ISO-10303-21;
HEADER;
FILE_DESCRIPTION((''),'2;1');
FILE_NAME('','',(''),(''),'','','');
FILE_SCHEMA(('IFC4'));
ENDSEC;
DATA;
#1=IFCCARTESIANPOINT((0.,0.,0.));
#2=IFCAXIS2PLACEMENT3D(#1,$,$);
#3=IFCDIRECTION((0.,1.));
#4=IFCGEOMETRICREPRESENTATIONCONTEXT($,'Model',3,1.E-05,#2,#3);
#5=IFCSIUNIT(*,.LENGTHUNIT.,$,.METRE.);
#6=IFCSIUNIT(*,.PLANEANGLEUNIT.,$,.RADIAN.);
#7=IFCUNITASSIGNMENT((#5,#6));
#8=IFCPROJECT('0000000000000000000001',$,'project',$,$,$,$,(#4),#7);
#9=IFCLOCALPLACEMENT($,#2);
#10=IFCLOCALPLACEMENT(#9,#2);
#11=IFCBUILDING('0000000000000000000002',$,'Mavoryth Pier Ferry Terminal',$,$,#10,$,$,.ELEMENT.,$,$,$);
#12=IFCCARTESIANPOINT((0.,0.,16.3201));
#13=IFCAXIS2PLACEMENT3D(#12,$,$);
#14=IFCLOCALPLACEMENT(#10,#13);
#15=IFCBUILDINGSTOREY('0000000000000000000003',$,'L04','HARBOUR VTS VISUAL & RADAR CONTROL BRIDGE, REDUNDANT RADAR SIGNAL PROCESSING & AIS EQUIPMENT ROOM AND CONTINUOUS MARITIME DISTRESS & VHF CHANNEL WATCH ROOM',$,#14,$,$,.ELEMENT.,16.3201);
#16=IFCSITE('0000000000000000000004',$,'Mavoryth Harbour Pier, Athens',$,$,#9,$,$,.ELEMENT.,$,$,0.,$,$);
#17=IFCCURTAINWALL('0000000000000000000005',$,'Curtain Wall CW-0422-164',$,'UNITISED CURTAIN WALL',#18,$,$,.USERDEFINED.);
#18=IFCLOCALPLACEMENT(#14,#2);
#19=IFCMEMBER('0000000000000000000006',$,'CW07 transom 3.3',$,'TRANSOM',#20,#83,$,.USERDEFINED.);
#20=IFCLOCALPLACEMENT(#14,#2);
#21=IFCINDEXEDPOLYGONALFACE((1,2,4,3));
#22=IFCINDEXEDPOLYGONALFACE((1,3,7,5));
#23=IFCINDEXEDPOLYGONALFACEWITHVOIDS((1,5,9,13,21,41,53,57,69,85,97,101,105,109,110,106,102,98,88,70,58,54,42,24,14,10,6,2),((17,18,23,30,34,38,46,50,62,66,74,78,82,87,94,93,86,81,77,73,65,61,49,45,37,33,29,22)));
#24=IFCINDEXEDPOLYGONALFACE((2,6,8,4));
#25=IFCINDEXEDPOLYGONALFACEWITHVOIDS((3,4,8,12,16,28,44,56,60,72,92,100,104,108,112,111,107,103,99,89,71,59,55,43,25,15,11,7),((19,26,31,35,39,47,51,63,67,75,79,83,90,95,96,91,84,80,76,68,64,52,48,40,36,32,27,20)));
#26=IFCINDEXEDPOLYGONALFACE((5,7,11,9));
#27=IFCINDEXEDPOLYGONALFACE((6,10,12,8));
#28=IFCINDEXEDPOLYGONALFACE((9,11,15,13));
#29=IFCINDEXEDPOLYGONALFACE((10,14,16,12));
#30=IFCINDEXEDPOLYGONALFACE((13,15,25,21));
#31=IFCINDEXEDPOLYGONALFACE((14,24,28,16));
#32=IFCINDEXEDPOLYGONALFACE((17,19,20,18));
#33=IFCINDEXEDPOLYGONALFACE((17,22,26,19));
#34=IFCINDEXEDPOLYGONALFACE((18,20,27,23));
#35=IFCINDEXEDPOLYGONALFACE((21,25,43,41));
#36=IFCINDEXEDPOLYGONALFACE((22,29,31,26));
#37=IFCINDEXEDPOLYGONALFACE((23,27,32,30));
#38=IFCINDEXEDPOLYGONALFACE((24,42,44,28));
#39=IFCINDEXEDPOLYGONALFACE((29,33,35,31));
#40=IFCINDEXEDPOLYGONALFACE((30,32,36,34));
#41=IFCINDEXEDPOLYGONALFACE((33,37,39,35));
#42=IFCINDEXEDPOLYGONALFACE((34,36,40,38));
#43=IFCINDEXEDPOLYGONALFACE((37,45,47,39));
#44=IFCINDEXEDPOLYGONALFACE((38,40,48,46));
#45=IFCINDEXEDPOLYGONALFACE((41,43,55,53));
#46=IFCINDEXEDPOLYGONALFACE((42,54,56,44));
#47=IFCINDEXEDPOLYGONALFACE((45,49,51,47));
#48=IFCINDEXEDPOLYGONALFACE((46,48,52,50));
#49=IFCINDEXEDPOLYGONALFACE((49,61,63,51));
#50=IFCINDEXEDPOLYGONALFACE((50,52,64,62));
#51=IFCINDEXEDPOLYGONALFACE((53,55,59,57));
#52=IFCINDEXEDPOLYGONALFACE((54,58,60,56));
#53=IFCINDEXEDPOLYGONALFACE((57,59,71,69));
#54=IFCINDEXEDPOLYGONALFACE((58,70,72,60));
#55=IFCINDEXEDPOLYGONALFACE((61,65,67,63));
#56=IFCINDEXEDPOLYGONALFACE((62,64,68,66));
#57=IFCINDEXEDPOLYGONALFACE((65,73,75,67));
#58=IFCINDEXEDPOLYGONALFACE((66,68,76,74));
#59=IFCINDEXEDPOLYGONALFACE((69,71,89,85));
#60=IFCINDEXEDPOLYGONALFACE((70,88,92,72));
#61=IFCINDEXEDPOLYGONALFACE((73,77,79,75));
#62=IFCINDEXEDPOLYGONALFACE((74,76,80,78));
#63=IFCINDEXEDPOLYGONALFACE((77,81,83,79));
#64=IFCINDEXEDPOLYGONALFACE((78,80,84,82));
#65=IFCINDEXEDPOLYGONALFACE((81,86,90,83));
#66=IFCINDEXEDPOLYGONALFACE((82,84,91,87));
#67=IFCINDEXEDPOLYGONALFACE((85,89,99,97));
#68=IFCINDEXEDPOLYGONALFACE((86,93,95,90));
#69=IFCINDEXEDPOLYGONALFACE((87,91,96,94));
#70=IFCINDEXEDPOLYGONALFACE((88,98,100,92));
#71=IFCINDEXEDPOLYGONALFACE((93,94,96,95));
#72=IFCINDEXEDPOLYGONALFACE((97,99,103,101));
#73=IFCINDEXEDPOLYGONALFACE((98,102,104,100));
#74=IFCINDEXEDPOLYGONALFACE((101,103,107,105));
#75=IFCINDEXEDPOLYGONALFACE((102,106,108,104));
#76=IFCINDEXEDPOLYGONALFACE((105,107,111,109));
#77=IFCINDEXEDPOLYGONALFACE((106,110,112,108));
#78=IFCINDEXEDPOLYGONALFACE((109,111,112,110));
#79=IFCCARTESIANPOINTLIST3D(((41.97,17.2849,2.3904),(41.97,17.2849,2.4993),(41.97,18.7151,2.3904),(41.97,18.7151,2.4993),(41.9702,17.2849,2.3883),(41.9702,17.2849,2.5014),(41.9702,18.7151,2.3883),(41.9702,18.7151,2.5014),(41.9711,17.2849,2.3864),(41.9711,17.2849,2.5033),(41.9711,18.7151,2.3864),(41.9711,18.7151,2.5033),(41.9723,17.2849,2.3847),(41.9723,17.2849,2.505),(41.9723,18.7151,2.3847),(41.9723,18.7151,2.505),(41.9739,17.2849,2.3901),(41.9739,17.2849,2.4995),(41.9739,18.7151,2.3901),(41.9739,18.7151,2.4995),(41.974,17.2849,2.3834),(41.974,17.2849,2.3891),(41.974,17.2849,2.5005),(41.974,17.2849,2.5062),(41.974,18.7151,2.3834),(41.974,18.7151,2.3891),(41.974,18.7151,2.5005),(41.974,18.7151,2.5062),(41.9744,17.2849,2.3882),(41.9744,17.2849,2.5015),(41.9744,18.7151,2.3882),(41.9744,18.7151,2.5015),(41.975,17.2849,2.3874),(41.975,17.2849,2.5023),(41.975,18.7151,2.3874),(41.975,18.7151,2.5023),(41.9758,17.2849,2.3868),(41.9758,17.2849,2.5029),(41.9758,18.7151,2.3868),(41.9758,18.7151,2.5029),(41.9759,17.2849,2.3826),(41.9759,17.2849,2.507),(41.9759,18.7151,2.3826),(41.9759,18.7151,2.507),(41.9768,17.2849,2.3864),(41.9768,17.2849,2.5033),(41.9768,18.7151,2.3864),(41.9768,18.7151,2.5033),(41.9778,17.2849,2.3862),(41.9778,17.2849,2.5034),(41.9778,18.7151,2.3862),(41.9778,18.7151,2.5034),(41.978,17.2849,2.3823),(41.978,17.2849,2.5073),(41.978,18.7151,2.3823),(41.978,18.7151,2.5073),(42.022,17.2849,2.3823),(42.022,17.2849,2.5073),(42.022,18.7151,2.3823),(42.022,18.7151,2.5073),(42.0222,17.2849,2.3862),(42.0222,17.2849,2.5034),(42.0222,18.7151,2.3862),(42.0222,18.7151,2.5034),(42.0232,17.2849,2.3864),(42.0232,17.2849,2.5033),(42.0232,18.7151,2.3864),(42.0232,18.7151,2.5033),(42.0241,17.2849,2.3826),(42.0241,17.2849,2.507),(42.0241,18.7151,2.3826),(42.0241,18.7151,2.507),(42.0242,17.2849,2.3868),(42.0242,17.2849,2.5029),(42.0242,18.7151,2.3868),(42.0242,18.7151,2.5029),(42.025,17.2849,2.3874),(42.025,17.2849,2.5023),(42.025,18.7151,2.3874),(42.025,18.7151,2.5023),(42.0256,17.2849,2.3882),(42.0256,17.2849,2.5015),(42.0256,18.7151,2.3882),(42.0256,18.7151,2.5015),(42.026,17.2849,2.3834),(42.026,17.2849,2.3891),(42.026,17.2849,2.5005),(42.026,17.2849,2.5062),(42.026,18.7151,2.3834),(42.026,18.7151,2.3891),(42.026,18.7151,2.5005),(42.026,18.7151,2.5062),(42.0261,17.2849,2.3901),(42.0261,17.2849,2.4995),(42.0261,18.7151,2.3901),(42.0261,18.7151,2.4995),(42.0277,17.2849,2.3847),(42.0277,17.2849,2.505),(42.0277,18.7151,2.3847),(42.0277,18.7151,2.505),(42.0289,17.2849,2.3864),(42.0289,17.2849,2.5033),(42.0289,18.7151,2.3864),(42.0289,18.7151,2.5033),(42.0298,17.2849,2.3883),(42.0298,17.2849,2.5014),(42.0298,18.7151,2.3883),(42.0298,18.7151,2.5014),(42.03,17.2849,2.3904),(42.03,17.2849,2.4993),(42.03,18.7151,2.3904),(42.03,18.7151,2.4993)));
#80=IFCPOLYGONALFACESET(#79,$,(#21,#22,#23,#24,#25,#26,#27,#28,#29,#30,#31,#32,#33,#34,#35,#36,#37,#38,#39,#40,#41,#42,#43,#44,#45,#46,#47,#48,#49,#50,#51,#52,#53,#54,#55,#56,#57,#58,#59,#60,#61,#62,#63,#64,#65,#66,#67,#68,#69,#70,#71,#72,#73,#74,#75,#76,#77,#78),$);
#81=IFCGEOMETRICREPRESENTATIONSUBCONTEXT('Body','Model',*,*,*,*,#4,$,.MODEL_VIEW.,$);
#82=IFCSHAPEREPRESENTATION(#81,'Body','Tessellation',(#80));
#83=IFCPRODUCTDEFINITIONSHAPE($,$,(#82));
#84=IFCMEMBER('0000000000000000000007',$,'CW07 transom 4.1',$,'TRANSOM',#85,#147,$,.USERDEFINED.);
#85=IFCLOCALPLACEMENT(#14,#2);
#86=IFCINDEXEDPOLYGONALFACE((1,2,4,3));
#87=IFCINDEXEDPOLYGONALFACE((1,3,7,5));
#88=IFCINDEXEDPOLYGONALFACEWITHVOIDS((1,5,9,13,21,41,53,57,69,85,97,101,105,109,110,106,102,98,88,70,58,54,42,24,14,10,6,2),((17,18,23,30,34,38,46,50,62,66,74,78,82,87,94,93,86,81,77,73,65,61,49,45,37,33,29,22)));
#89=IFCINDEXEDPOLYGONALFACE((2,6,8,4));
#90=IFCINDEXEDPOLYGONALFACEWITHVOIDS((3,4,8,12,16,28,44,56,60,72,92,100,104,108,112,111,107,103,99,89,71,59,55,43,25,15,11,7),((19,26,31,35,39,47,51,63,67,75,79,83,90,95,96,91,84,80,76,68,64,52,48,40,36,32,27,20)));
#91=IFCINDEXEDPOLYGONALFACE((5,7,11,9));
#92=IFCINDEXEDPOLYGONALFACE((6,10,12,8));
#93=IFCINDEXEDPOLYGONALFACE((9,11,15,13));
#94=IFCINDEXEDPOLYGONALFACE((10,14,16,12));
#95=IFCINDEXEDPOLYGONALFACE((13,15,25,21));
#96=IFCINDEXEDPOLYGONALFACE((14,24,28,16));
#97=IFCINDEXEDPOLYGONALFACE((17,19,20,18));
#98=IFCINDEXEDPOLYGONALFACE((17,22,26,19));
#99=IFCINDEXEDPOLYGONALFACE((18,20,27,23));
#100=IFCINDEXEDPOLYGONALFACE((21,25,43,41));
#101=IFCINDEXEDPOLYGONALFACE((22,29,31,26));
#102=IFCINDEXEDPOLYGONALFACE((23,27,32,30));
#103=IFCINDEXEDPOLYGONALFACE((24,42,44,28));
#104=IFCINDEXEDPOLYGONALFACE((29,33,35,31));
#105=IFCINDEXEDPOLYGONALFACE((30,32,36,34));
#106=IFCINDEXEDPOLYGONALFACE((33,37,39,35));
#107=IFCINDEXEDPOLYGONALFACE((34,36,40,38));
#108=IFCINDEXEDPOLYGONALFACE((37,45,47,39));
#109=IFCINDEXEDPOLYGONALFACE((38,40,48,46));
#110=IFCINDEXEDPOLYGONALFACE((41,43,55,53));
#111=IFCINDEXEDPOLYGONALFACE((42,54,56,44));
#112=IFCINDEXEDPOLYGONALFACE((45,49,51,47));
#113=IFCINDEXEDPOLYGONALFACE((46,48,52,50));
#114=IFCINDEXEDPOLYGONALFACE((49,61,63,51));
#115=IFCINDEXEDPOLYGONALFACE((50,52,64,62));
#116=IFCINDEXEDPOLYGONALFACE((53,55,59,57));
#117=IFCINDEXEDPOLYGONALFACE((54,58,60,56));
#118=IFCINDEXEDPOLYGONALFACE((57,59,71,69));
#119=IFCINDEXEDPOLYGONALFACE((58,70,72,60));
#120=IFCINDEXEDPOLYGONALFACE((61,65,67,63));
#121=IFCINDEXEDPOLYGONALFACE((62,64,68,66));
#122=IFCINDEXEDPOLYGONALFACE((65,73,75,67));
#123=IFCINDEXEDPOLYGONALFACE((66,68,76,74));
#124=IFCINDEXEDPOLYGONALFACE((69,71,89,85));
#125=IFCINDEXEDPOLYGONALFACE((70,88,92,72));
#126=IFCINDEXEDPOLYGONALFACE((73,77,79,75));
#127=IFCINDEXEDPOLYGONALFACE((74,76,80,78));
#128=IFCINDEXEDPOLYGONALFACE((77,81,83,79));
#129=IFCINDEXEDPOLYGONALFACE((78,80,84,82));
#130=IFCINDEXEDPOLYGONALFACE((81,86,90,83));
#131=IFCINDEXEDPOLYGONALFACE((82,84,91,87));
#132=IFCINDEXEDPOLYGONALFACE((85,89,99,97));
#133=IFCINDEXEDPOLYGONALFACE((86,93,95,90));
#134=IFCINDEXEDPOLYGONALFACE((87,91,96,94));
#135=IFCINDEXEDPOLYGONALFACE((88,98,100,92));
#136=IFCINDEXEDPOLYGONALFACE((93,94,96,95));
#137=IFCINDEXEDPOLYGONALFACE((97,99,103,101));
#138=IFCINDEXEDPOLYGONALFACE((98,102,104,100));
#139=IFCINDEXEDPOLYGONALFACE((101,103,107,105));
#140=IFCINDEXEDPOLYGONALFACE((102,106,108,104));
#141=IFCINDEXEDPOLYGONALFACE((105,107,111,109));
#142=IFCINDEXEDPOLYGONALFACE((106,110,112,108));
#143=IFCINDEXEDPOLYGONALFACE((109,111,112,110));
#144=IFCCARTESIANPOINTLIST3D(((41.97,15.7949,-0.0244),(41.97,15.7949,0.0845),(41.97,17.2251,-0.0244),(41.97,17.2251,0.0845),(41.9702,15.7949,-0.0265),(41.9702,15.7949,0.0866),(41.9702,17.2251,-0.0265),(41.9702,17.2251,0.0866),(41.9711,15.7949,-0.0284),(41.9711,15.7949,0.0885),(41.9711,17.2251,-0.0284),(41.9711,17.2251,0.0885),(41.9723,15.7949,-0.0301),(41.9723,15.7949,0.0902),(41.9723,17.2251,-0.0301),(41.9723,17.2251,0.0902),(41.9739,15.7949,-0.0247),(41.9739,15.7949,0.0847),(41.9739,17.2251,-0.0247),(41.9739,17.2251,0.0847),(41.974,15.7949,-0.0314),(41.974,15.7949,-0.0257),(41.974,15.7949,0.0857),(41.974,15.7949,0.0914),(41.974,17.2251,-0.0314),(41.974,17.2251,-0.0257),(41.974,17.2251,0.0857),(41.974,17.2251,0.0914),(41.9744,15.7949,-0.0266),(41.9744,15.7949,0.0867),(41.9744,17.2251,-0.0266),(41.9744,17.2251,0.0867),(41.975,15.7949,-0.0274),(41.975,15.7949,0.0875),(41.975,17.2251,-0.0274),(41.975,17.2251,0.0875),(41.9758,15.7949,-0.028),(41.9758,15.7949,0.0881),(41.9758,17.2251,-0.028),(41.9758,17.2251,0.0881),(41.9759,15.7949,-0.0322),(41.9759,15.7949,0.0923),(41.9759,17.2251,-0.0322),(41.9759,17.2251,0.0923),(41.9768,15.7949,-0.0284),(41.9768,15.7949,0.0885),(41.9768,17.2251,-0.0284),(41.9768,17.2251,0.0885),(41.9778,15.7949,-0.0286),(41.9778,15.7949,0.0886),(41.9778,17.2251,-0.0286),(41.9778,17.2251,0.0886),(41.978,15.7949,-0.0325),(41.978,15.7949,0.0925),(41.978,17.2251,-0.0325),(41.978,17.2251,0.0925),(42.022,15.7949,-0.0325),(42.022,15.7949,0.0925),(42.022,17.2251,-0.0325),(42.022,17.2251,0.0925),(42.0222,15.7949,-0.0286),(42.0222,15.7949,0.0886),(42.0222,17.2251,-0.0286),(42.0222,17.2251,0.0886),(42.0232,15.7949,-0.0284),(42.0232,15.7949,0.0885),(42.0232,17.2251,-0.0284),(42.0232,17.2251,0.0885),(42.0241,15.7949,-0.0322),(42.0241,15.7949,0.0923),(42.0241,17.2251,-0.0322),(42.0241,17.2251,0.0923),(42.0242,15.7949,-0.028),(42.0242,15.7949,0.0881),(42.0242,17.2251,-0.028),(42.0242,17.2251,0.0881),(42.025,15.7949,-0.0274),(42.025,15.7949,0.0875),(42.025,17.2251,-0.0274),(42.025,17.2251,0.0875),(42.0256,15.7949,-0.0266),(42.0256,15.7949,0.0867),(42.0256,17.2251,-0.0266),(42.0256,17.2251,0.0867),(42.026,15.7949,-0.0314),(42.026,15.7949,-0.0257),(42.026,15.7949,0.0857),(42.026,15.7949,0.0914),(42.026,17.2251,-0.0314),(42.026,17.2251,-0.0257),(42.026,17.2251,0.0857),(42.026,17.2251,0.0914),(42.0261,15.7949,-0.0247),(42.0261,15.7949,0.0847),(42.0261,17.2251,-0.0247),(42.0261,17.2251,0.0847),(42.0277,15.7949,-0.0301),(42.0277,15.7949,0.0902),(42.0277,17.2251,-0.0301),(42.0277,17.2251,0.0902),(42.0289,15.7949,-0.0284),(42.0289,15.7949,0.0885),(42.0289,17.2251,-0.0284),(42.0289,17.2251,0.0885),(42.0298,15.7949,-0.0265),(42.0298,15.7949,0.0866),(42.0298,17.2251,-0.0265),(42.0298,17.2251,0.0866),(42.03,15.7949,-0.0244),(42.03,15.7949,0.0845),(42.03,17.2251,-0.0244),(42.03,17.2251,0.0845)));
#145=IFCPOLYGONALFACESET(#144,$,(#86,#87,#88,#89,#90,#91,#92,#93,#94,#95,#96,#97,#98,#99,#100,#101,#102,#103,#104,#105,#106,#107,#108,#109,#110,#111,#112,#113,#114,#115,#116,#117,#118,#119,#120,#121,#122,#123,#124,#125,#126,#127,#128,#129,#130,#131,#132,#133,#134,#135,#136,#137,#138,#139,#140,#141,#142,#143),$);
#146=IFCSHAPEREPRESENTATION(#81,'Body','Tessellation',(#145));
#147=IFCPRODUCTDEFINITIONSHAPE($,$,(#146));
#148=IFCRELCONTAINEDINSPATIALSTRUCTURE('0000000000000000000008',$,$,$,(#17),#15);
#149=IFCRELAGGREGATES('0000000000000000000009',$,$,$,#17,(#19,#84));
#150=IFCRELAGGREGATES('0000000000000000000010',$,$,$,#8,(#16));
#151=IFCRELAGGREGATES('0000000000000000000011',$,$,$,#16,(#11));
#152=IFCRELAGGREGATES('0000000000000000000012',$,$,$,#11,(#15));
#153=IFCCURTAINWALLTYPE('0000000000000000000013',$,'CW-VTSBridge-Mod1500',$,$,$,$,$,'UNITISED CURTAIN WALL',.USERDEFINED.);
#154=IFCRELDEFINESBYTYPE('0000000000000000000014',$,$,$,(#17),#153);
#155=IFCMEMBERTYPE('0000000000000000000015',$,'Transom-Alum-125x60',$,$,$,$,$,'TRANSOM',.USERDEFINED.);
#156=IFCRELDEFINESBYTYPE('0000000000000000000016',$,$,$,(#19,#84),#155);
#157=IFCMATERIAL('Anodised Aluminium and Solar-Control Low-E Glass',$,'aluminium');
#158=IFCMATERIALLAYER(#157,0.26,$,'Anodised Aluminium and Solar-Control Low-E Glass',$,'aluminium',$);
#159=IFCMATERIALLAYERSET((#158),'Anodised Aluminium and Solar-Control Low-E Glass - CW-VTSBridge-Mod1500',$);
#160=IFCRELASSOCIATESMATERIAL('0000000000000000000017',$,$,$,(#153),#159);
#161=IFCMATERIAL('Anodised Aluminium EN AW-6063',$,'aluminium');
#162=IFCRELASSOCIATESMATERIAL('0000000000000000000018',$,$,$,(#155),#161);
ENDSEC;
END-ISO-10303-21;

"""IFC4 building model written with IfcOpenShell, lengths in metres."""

from ifc_helpers import new_model, si_unit, direction, frame, origin, origin_2d, place, context, subcontext, project, spatial, hollow_rectangle, extrude, material, layer, layer_set, material_profile, profile_set, type_object, element, aggregate, save


model = new_model("IFC4")

# Units and contexts
model_context = context("Model", 3, precision=1e-05, world=origin(), true_north=direction((0.0, 1.0)))
body_context = subcontext(model_context, "Body", "Model", "MODEL_VIEW")
ifc_project = project(units=[si_unit("LENGTHUNIT", "METRE"), si_unit("PLANEANGLEUNIT", "RADIAN")], contexts=[model_context])

# Site, building, storey
site_placement = place(None, origin())
site = spatial("IfcSite", under=ifc_project, at=site_placement, Name="Mavoryth Harbour Pier, Athens", CompositionType="ELEMENT", RefElevation=0.0)
building_placement = place(site_placement, origin())
building = spatial("IfcBuilding", under=site, at=building_placement, Name="Mavoryth Pier Ferry Terminal", CompositionType="ELEMENT")
storey_placement = place(building_placement, frame((0.0, 0.0, 16.3201)))
storey = spatial("IfcBuildingStorey", under=building, at=storey_placement, Name="L04", Description="HARBOUR VTS VISUAL & RADAR CONTROL BRIDGE, REDUNDANT RADAR SIGNAL PROCESSING & AIS EQUIPMENT ROOM AND CONTINUOUS MARITIME DISTRESS & VHF CHANNEL WATCH ROOM", CompositionType="ELEMENT", Elevation=16.3201)

# Curtain wall, members
ifc_material_1 = material(Name="Anodised Aluminium and Solar-Control Low-E Glass", Category="aluminium")
ifc_layer_1 = layer(ifc_material_1, 0.26, Name="Anodised Aluminium and Solar-Control Low-E Glass", Category="aluminium")
ifc_layer_set_1 = layer_set([ifc_layer_1], Name="Anodised Aluminium and Solar-Control Low-E Glass - CW-VTSBridge-Mod1500")
curtain_wall_type = type_object("IfcCurtainWallType", Name="CW-VTSBridge-Mod1500", ElementType="UNITISED CURTAIN WALL", PredefinedType="USERDEFINED", material=ifc_layer_set_1)
curtain_wall_placement = place(storey_placement, origin())
curtain_wall = element("IfcCurtainWall", 1, at=curtain_wall_placement, inside=storey, type_object=curtain_wall_type, Name="Curtain Wall CW-0422-164", ObjectType="UNITISED CURTAIN WALL", PredefinedType="USERDEFINED")
ifc_material_2 = material(Name="Anodised Aluminium EN AW-6063", Category="aluminium")
ifc_material_profile_1 = material_profile(ifc_material_2, hollow_rectangle(XDim=0.0601, YDim=0.125, WallThickness=0.0039, InnerFilletRadius=0.0039, OuterFilletRadius=0.0081, at=origin_2d()), Name="AL-TRAN 125x60x4", Category="aluminium")
ifc_profile_set_1 = profile_set([ifc_material_profile_1], Name="Anodised Aluminium EN AW-6063 - AL-TRAN 125x60x4")
member_type_1 = type_object("IfcMemberType", Name="Transom-Alum-125x60", ElementType="TRANSOM", PredefinedType="USERDEFINED", material=ifc_profile_set_1)
member_1_placement = place(storey_placement, frame((42.0, 18.7151, 2.4448), z_axis=(0.0, -1.0, 0.0), x_axis=(1.0, 0.0, 0.0)))
member_1 = element("IfcMember", 2, at=member_1_placement, type_object=member_type_1, Name="CW07 transom 3.3", ObjectType="TRANSOM", PredefinedType="USERDEFINED", context=body_context, shape_type="SweptSolid", body=[
    extrude(hollow_rectangle(XDim=0.0601, YDim=0.125, WallThickness=0.0039, InnerFilletRadius=0.0039, OuterFilletRadius=0.0081, at=origin_2d()), origin(), (0.0, 0.0, 1.0), 1.4302),
])
member_2_placement = place(storey_placement, frame((42.0, 17.2251, 0.03), z_axis=(0.0, -1.0, 0.0), x_axis=(1.0, 0.0, 0.0)))
member_2 = element("IfcMember", 3, at=member_2_placement, type_object=member_type_1, Name="CW07 transom 4.1", ObjectType="TRANSOM", PredefinedType="USERDEFINED", context=body_context, shape_type="SweptSolid", body=[
    extrude(hollow_rectangle(XDim=0.0601, YDim=0.125, WallThickness=0.0039, InnerFilletRadius=0.0039, OuterFilletRadius=0.0081, at=origin_2d()), origin(), (0.0, 0.0, 1.0), 1.4302),
])
aggregate(curtain_wall, [member_1, member_2])

save(model, "model.ifc")
